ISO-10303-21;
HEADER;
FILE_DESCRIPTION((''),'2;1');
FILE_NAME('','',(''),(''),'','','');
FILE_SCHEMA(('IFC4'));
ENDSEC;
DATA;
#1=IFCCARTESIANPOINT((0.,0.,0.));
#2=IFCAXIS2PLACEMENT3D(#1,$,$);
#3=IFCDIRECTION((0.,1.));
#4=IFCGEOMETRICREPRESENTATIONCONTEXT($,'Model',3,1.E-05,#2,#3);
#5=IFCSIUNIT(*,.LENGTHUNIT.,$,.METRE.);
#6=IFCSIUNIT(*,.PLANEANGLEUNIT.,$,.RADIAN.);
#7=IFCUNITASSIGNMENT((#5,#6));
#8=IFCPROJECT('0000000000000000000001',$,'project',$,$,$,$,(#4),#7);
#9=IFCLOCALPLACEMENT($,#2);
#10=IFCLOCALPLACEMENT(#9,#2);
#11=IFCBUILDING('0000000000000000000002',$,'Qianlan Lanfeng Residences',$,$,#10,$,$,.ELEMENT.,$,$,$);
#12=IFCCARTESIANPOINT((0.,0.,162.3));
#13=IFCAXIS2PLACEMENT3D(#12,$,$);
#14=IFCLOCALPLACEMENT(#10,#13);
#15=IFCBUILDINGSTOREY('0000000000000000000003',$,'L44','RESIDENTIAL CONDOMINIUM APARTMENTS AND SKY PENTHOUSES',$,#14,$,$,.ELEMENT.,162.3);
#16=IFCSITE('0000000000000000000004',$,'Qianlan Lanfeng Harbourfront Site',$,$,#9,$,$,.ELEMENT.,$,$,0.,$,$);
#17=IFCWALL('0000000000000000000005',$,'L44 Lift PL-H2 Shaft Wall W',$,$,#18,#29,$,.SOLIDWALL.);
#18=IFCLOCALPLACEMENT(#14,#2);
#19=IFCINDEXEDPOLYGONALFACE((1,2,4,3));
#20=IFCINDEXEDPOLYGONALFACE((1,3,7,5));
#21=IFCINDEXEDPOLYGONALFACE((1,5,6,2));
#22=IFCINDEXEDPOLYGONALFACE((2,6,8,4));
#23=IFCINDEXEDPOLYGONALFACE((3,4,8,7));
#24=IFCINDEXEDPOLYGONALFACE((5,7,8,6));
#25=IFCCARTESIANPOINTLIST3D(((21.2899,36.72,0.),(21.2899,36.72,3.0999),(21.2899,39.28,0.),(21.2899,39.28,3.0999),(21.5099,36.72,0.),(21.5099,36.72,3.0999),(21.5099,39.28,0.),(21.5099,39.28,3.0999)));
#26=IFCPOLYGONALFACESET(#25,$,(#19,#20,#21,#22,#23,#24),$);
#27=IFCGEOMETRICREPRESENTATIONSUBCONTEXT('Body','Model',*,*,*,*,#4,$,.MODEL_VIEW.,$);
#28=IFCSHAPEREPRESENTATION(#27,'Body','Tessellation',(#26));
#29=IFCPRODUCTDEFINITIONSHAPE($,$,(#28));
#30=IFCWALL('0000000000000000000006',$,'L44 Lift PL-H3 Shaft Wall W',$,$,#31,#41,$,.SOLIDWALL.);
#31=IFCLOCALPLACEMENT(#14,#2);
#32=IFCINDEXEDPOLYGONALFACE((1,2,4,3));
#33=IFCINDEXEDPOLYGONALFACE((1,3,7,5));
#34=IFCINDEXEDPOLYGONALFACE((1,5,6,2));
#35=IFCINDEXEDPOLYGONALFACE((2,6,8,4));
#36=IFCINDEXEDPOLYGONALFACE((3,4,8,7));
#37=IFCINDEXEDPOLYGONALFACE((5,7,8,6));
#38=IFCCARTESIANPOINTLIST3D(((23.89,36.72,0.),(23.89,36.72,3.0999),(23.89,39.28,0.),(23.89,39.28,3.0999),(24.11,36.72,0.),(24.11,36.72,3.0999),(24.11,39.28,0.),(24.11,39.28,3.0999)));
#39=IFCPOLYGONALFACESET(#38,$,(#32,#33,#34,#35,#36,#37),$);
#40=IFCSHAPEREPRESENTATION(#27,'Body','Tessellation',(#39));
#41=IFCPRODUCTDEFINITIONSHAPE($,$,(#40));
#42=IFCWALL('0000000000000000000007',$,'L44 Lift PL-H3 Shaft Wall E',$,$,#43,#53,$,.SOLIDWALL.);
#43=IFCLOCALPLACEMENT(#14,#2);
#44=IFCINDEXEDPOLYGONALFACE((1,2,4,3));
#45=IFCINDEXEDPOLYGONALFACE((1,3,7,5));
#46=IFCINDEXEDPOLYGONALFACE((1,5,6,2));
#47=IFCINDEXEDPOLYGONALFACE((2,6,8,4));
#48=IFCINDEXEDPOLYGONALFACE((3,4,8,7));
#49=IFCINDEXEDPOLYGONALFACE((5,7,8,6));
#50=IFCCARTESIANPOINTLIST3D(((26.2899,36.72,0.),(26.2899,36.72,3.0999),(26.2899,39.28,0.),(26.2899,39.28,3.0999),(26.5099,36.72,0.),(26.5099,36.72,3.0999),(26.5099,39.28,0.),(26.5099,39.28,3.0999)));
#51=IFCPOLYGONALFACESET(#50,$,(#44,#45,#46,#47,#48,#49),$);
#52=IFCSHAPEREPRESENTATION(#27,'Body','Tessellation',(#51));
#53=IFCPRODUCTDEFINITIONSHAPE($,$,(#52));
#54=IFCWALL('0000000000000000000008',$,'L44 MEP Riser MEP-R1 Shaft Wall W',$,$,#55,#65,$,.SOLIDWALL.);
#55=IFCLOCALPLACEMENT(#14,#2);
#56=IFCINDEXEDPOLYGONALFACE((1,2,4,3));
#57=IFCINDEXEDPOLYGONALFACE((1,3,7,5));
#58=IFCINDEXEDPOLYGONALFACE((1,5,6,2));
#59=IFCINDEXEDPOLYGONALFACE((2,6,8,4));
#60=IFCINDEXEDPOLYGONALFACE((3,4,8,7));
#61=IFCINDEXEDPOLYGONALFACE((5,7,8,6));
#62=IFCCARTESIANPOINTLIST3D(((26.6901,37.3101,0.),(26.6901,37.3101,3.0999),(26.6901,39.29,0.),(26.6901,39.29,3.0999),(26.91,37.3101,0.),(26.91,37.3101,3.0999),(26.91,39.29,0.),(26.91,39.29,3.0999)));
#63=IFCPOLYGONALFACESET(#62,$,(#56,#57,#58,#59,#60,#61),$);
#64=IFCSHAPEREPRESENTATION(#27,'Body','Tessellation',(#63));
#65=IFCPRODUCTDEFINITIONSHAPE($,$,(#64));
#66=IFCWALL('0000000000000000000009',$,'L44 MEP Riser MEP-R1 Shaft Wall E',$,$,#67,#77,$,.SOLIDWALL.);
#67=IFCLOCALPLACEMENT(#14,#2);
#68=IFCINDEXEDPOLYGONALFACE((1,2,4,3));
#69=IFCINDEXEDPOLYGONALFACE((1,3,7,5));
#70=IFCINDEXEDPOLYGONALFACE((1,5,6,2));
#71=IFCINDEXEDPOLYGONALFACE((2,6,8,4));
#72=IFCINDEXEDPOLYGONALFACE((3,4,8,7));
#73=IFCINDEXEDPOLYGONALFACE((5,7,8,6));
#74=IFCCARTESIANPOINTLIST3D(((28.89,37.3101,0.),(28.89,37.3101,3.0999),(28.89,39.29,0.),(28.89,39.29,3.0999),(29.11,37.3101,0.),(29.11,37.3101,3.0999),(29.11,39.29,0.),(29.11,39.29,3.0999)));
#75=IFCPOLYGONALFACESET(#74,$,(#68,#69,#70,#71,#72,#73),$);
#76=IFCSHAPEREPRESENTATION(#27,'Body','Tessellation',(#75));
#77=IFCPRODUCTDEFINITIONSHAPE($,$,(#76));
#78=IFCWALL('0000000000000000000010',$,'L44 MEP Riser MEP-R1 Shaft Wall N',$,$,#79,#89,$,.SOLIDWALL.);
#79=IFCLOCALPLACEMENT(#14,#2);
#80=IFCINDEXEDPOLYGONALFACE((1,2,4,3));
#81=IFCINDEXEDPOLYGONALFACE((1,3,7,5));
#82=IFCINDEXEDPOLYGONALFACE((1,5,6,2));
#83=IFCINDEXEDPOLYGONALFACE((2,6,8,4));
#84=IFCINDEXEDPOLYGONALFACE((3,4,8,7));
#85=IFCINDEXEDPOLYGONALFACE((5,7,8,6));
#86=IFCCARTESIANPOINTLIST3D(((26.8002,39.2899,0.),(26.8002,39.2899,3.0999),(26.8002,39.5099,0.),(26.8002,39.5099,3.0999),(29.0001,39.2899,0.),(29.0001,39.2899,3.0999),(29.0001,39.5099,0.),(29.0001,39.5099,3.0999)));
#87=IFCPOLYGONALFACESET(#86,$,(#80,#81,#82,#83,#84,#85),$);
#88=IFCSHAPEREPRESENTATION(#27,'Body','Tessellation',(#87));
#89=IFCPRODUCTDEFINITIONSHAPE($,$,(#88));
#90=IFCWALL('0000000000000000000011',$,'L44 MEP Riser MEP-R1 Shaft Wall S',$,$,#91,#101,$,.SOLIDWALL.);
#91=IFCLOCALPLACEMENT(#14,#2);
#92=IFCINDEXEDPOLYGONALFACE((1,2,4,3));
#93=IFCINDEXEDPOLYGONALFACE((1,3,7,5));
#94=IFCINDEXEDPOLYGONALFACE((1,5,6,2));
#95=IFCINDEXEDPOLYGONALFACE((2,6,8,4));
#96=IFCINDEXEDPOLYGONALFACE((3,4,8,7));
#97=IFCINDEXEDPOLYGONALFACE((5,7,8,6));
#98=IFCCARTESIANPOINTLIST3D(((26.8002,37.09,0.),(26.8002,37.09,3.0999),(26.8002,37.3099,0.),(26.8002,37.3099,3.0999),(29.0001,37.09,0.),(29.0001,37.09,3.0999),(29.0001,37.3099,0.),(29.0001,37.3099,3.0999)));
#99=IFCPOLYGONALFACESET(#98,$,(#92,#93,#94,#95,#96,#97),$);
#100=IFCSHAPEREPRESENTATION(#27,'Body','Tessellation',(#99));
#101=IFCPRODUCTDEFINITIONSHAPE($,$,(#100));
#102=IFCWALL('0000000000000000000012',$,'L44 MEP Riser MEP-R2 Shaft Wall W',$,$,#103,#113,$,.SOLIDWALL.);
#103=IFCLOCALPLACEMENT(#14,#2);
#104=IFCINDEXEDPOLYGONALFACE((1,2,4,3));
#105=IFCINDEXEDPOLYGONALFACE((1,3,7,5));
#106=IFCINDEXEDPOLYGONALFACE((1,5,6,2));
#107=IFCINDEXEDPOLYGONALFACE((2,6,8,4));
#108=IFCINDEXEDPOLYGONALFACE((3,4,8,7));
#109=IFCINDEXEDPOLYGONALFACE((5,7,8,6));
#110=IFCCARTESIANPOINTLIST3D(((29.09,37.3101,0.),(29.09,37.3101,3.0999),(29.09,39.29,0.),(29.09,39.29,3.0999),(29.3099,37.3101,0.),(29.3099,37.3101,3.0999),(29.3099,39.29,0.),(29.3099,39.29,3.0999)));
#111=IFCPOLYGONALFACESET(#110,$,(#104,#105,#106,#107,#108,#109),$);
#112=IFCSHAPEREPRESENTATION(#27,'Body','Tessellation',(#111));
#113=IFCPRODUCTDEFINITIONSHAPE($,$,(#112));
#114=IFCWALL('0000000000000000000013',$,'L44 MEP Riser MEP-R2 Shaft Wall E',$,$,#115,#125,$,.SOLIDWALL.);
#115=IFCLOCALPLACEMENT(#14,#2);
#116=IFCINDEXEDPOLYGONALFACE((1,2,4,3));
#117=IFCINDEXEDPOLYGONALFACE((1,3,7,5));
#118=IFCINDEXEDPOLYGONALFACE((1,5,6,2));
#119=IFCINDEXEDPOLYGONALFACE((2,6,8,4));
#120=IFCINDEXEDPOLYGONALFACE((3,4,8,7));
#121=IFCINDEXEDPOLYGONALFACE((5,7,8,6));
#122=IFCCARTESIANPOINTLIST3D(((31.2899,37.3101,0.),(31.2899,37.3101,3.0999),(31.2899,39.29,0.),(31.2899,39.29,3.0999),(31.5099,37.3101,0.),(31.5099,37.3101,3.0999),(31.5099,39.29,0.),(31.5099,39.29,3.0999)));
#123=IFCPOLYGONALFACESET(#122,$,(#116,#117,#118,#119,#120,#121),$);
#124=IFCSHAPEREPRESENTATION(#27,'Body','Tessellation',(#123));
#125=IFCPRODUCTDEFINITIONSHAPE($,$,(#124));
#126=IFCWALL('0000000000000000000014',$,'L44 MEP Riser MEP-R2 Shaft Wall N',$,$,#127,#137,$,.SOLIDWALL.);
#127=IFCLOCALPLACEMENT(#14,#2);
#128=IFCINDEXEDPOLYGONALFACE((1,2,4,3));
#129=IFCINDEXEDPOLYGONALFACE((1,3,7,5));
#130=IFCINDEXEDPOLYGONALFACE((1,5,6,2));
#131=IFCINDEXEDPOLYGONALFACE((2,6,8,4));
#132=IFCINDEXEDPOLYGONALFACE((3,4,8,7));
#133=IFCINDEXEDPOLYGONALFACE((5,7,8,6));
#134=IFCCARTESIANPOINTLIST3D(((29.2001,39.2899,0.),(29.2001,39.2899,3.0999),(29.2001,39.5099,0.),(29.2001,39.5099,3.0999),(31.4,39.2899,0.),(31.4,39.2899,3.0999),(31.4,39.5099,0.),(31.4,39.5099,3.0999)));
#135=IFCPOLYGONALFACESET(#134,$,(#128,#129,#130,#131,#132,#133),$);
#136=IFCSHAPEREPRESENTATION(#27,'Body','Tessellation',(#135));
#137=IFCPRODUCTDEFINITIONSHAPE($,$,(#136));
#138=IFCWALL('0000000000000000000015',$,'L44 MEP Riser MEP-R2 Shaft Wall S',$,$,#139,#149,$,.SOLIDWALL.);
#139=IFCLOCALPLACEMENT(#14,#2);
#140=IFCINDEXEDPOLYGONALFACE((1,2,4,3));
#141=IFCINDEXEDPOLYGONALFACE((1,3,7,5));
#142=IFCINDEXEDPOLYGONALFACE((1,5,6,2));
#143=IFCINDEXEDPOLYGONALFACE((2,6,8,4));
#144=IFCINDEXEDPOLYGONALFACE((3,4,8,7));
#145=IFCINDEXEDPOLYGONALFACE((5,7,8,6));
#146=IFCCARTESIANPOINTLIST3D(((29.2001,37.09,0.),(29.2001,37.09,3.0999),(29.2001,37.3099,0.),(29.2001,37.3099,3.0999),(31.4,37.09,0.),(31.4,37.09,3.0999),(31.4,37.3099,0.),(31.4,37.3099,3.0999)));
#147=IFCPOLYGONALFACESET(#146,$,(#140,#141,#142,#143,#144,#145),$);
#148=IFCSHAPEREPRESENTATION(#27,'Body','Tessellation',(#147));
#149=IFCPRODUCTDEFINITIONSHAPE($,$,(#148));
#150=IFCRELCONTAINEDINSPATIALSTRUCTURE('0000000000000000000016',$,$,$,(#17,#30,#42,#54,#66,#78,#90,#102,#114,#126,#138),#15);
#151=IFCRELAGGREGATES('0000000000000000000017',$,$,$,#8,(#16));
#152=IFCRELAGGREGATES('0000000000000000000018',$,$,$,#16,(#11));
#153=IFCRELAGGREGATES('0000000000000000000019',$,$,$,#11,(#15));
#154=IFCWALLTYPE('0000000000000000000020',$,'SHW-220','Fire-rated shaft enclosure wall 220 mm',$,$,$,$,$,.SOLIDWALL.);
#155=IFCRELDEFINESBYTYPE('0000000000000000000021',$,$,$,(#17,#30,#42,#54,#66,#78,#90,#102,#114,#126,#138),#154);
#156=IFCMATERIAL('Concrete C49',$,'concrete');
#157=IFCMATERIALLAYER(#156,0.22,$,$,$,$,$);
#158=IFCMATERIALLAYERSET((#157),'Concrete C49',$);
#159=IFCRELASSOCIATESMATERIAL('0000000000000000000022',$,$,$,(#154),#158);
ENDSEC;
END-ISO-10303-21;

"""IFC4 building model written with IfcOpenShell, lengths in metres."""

from ifc_helpers import new_model, si_unit, direction, frame, frame_2d, origin, place, context, subcontext, project, spatial, rectangle, extrude, material, layer, layer_set, type_object, element, save


model = new_model("IFC4")

# Units and contexts
model_context = context("Model", 3, precision=1e-05, world=origin(), true_north=direction((0.0, 1.0)))
body_context = subcontext(model_context, "Body", "Model", "MODEL_VIEW")
ifc_project = project(units=[si_unit("LENGTHUNIT", "METRE"), si_unit("PLANEANGLEUNIT", "RADIAN")], contexts=[model_context])

# Site, building, storey
site_placement = place(None, origin())
site = spatial("IfcSite", under=ifc_project, at=site_placement, Name="Qianlan Lanfeng Harbourfront Site", CompositionType="ELEMENT", RefElevation=0.0)
building_placement = place(site_placement, origin())
building = spatial("IfcBuilding", under=site, at=building_placement, Name="Qianlan Lanfeng Residences", CompositionType="ELEMENT")
storey_placement = place(building_placement, frame((0.0, 0.0, 162.3)))
storey = spatial("IfcBuildingStorey", under=building, at=storey_placement, Name="L44", Description="RESIDENTIAL CONDOMINIUM APARTMENTS AND SKY PENTHOUSES", CompositionType="ELEMENT", Elevation=162.3)

# Walls
ifc_material_1 = material(Name="Concrete C49", Category="concrete")
ifc_layer_1 = layer(ifc_material_1, 0.22)
ifc_layer_set_1 = layer_set([ifc_layer_1], Name="Concrete C49")
wall_type_1 = type_object("IfcWallType", Name="SHW-220", Description="Fire-rated shaft enclosure wall 220 mm", PredefinedType="SOLIDWALL", material=ifc_layer_set_1)
for number, where, z_axis, x_axis, name in (
    (1, (21.3999, 36.72, 0.0), (0.0, 0.0, 1.0), (0.0, 1.0, 0.0), "L44 Lift PL-H2 Shaft Wall W"),
    (2, (24.0, 36.72, 0.0), (0.0, 0.0, 1.0), (0.0, 1.0, 0.0), "L44 Lift PL-H3 Shaft Wall W"),
    (3, (26.3999, 36.72, 0.0), (0.0, 0.0, 1.0), (0.0, 1.0, 0.0), "L44 Lift PL-H3 Shaft Wall E"),
):
    element("IfcWall", number, at=place(storey_placement, frame(where, z_axis=z_axis, x_axis=x_axis)), inside=storey, type_object=wall_type_1, Name=name, PredefinedType="SOLIDWALL", context=body_context, shape_type="SweptSolid", body=[
        extrude(rectangle(XDim=2.5601, YDim=0.22, at=frame_2d((1.28, 0.0))), origin(), (0.0, 0.0, 1.0), 3.0999),
    ])
for number, where, z_axis, x_axis, name in (
    (4, (26.8, 37.3101, 0.0), (0.0, 0.0, 1.0), (0.0, 1.0, 0.0), "L44 MEP Riser MEP-R1 Shaft Wall W"),
    (5, (29.0, 37.3101, 0.0), (0.0, 0.0, 1.0), (0.0, 1.0, 0.0), "L44 MEP Riser MEP-R1 Shaft Wall E"),
):
    element("IfcWall", number, at=place(storey_placement, frame(where, z_axis=z_axis, x_axis=x_axis)), inside=storey, type_object=wall_type_1, Name=name, PredefinedType="SOLIDWALL", context=body_context, shape_type="SweptSolid", body=[
        extrude(rectangle(XDim=1.98, YDim=0.22, at=frame_2d((0.99, 0.0))), origin(), (0.0, 0.0, 1.0), 3.0999),
    ])
for number, where, z_axis, x_axis, name in (
    (6, (26.8, 39.3999, 0.0), (0.0, 0.0, 1.0), (1.0, 0.0, 0.0), "L44 MEP Riser MEP-R1 Shaft Wall N"),
    (7, (26.8, 37.2, 0.0), (0.0, 0.0, 1.0), (1.0, 0.0, 0.0), "L44 MEP Riser MEP-R1 Shaft Wall S"),
):
    element("IfcWall", number, at=place(storey_placement, frame(where, z_axis=z_axis, x_axis=x_axis)), inside=storey, type_object=wall_type_1, Name=name, PredefinedType="SOLIDWALL", context=body_context, shape_type="SweptSolid", body=[
        extrude(rectangle(XDim=2.2, YDim=0.22, at=frame_2d((1.1001, 0.0))), origin(), (0.0, 0.0, 1.0), 3.0999),
    ])
for number, where, z_axis, x_axis, name in (
    (8, (29.2, 37.3101, 0.0), (0.0, 0.0, 1.0), (0.0, 1.0, 0.0), "L44 MEP Riser MEP-R2 Shaft Wall W"),
    (9, (31.3999, 37.3101, 0.0), (0.0, 0.0, 1.0), (0.0, 1.0, 0.0), "L44 MEP Riser MEP-R2 Shaft Wall E"),
):
    element("IfcWall", number, at=place(storey_placement, frame(where, z_axis=z_axis, x_axis=x_axis)), inside=storey, type_object=wall_type_1, Name=name, PredefinedType="SOLIDWALL", context=body_context, shape_type="SweptSolid", body=[
        extrude(rectangle(XDim=1.98, YDim=0.22, at=frame_2d((0.99, 0.0))), origin(), (0.0, 0.0, 1.0), 3.0999),
    ])
for number, where, z_axis, x_axis, name in (
    (10, (29.2, 39.3999, 0.0), (0.0, 0.0, 1.0), (1.0, 0.0, 0.0), "L44 MEP Riser MEP-R2 Shaft Wall N"),
    (11, (29.2, 37.2, 0.0), (0.0, 0.0, 1.0), (1.0, 0.0, 0.0), "L44 MEP Riser MEP-R2 Shaft Wall S"),
):
    element("IfcWall", number, at=place(storey_placement, frame(where, z_axis=z_axis, x_axis=x_axis)), inside=storey, type_object=wall_type_1, Name=name, PredefinedType="SOLIDWALL", context=body_context, shape_type="SweptSolid", body=[
        extrude(rectangle(XDim=2.2, YDim=0.22, at=frame_2d((1.1001, 0.0))), origin(), (0.0, 0.0, 1.0), 3.0999),
    ])

save(model, "model.ifc")
